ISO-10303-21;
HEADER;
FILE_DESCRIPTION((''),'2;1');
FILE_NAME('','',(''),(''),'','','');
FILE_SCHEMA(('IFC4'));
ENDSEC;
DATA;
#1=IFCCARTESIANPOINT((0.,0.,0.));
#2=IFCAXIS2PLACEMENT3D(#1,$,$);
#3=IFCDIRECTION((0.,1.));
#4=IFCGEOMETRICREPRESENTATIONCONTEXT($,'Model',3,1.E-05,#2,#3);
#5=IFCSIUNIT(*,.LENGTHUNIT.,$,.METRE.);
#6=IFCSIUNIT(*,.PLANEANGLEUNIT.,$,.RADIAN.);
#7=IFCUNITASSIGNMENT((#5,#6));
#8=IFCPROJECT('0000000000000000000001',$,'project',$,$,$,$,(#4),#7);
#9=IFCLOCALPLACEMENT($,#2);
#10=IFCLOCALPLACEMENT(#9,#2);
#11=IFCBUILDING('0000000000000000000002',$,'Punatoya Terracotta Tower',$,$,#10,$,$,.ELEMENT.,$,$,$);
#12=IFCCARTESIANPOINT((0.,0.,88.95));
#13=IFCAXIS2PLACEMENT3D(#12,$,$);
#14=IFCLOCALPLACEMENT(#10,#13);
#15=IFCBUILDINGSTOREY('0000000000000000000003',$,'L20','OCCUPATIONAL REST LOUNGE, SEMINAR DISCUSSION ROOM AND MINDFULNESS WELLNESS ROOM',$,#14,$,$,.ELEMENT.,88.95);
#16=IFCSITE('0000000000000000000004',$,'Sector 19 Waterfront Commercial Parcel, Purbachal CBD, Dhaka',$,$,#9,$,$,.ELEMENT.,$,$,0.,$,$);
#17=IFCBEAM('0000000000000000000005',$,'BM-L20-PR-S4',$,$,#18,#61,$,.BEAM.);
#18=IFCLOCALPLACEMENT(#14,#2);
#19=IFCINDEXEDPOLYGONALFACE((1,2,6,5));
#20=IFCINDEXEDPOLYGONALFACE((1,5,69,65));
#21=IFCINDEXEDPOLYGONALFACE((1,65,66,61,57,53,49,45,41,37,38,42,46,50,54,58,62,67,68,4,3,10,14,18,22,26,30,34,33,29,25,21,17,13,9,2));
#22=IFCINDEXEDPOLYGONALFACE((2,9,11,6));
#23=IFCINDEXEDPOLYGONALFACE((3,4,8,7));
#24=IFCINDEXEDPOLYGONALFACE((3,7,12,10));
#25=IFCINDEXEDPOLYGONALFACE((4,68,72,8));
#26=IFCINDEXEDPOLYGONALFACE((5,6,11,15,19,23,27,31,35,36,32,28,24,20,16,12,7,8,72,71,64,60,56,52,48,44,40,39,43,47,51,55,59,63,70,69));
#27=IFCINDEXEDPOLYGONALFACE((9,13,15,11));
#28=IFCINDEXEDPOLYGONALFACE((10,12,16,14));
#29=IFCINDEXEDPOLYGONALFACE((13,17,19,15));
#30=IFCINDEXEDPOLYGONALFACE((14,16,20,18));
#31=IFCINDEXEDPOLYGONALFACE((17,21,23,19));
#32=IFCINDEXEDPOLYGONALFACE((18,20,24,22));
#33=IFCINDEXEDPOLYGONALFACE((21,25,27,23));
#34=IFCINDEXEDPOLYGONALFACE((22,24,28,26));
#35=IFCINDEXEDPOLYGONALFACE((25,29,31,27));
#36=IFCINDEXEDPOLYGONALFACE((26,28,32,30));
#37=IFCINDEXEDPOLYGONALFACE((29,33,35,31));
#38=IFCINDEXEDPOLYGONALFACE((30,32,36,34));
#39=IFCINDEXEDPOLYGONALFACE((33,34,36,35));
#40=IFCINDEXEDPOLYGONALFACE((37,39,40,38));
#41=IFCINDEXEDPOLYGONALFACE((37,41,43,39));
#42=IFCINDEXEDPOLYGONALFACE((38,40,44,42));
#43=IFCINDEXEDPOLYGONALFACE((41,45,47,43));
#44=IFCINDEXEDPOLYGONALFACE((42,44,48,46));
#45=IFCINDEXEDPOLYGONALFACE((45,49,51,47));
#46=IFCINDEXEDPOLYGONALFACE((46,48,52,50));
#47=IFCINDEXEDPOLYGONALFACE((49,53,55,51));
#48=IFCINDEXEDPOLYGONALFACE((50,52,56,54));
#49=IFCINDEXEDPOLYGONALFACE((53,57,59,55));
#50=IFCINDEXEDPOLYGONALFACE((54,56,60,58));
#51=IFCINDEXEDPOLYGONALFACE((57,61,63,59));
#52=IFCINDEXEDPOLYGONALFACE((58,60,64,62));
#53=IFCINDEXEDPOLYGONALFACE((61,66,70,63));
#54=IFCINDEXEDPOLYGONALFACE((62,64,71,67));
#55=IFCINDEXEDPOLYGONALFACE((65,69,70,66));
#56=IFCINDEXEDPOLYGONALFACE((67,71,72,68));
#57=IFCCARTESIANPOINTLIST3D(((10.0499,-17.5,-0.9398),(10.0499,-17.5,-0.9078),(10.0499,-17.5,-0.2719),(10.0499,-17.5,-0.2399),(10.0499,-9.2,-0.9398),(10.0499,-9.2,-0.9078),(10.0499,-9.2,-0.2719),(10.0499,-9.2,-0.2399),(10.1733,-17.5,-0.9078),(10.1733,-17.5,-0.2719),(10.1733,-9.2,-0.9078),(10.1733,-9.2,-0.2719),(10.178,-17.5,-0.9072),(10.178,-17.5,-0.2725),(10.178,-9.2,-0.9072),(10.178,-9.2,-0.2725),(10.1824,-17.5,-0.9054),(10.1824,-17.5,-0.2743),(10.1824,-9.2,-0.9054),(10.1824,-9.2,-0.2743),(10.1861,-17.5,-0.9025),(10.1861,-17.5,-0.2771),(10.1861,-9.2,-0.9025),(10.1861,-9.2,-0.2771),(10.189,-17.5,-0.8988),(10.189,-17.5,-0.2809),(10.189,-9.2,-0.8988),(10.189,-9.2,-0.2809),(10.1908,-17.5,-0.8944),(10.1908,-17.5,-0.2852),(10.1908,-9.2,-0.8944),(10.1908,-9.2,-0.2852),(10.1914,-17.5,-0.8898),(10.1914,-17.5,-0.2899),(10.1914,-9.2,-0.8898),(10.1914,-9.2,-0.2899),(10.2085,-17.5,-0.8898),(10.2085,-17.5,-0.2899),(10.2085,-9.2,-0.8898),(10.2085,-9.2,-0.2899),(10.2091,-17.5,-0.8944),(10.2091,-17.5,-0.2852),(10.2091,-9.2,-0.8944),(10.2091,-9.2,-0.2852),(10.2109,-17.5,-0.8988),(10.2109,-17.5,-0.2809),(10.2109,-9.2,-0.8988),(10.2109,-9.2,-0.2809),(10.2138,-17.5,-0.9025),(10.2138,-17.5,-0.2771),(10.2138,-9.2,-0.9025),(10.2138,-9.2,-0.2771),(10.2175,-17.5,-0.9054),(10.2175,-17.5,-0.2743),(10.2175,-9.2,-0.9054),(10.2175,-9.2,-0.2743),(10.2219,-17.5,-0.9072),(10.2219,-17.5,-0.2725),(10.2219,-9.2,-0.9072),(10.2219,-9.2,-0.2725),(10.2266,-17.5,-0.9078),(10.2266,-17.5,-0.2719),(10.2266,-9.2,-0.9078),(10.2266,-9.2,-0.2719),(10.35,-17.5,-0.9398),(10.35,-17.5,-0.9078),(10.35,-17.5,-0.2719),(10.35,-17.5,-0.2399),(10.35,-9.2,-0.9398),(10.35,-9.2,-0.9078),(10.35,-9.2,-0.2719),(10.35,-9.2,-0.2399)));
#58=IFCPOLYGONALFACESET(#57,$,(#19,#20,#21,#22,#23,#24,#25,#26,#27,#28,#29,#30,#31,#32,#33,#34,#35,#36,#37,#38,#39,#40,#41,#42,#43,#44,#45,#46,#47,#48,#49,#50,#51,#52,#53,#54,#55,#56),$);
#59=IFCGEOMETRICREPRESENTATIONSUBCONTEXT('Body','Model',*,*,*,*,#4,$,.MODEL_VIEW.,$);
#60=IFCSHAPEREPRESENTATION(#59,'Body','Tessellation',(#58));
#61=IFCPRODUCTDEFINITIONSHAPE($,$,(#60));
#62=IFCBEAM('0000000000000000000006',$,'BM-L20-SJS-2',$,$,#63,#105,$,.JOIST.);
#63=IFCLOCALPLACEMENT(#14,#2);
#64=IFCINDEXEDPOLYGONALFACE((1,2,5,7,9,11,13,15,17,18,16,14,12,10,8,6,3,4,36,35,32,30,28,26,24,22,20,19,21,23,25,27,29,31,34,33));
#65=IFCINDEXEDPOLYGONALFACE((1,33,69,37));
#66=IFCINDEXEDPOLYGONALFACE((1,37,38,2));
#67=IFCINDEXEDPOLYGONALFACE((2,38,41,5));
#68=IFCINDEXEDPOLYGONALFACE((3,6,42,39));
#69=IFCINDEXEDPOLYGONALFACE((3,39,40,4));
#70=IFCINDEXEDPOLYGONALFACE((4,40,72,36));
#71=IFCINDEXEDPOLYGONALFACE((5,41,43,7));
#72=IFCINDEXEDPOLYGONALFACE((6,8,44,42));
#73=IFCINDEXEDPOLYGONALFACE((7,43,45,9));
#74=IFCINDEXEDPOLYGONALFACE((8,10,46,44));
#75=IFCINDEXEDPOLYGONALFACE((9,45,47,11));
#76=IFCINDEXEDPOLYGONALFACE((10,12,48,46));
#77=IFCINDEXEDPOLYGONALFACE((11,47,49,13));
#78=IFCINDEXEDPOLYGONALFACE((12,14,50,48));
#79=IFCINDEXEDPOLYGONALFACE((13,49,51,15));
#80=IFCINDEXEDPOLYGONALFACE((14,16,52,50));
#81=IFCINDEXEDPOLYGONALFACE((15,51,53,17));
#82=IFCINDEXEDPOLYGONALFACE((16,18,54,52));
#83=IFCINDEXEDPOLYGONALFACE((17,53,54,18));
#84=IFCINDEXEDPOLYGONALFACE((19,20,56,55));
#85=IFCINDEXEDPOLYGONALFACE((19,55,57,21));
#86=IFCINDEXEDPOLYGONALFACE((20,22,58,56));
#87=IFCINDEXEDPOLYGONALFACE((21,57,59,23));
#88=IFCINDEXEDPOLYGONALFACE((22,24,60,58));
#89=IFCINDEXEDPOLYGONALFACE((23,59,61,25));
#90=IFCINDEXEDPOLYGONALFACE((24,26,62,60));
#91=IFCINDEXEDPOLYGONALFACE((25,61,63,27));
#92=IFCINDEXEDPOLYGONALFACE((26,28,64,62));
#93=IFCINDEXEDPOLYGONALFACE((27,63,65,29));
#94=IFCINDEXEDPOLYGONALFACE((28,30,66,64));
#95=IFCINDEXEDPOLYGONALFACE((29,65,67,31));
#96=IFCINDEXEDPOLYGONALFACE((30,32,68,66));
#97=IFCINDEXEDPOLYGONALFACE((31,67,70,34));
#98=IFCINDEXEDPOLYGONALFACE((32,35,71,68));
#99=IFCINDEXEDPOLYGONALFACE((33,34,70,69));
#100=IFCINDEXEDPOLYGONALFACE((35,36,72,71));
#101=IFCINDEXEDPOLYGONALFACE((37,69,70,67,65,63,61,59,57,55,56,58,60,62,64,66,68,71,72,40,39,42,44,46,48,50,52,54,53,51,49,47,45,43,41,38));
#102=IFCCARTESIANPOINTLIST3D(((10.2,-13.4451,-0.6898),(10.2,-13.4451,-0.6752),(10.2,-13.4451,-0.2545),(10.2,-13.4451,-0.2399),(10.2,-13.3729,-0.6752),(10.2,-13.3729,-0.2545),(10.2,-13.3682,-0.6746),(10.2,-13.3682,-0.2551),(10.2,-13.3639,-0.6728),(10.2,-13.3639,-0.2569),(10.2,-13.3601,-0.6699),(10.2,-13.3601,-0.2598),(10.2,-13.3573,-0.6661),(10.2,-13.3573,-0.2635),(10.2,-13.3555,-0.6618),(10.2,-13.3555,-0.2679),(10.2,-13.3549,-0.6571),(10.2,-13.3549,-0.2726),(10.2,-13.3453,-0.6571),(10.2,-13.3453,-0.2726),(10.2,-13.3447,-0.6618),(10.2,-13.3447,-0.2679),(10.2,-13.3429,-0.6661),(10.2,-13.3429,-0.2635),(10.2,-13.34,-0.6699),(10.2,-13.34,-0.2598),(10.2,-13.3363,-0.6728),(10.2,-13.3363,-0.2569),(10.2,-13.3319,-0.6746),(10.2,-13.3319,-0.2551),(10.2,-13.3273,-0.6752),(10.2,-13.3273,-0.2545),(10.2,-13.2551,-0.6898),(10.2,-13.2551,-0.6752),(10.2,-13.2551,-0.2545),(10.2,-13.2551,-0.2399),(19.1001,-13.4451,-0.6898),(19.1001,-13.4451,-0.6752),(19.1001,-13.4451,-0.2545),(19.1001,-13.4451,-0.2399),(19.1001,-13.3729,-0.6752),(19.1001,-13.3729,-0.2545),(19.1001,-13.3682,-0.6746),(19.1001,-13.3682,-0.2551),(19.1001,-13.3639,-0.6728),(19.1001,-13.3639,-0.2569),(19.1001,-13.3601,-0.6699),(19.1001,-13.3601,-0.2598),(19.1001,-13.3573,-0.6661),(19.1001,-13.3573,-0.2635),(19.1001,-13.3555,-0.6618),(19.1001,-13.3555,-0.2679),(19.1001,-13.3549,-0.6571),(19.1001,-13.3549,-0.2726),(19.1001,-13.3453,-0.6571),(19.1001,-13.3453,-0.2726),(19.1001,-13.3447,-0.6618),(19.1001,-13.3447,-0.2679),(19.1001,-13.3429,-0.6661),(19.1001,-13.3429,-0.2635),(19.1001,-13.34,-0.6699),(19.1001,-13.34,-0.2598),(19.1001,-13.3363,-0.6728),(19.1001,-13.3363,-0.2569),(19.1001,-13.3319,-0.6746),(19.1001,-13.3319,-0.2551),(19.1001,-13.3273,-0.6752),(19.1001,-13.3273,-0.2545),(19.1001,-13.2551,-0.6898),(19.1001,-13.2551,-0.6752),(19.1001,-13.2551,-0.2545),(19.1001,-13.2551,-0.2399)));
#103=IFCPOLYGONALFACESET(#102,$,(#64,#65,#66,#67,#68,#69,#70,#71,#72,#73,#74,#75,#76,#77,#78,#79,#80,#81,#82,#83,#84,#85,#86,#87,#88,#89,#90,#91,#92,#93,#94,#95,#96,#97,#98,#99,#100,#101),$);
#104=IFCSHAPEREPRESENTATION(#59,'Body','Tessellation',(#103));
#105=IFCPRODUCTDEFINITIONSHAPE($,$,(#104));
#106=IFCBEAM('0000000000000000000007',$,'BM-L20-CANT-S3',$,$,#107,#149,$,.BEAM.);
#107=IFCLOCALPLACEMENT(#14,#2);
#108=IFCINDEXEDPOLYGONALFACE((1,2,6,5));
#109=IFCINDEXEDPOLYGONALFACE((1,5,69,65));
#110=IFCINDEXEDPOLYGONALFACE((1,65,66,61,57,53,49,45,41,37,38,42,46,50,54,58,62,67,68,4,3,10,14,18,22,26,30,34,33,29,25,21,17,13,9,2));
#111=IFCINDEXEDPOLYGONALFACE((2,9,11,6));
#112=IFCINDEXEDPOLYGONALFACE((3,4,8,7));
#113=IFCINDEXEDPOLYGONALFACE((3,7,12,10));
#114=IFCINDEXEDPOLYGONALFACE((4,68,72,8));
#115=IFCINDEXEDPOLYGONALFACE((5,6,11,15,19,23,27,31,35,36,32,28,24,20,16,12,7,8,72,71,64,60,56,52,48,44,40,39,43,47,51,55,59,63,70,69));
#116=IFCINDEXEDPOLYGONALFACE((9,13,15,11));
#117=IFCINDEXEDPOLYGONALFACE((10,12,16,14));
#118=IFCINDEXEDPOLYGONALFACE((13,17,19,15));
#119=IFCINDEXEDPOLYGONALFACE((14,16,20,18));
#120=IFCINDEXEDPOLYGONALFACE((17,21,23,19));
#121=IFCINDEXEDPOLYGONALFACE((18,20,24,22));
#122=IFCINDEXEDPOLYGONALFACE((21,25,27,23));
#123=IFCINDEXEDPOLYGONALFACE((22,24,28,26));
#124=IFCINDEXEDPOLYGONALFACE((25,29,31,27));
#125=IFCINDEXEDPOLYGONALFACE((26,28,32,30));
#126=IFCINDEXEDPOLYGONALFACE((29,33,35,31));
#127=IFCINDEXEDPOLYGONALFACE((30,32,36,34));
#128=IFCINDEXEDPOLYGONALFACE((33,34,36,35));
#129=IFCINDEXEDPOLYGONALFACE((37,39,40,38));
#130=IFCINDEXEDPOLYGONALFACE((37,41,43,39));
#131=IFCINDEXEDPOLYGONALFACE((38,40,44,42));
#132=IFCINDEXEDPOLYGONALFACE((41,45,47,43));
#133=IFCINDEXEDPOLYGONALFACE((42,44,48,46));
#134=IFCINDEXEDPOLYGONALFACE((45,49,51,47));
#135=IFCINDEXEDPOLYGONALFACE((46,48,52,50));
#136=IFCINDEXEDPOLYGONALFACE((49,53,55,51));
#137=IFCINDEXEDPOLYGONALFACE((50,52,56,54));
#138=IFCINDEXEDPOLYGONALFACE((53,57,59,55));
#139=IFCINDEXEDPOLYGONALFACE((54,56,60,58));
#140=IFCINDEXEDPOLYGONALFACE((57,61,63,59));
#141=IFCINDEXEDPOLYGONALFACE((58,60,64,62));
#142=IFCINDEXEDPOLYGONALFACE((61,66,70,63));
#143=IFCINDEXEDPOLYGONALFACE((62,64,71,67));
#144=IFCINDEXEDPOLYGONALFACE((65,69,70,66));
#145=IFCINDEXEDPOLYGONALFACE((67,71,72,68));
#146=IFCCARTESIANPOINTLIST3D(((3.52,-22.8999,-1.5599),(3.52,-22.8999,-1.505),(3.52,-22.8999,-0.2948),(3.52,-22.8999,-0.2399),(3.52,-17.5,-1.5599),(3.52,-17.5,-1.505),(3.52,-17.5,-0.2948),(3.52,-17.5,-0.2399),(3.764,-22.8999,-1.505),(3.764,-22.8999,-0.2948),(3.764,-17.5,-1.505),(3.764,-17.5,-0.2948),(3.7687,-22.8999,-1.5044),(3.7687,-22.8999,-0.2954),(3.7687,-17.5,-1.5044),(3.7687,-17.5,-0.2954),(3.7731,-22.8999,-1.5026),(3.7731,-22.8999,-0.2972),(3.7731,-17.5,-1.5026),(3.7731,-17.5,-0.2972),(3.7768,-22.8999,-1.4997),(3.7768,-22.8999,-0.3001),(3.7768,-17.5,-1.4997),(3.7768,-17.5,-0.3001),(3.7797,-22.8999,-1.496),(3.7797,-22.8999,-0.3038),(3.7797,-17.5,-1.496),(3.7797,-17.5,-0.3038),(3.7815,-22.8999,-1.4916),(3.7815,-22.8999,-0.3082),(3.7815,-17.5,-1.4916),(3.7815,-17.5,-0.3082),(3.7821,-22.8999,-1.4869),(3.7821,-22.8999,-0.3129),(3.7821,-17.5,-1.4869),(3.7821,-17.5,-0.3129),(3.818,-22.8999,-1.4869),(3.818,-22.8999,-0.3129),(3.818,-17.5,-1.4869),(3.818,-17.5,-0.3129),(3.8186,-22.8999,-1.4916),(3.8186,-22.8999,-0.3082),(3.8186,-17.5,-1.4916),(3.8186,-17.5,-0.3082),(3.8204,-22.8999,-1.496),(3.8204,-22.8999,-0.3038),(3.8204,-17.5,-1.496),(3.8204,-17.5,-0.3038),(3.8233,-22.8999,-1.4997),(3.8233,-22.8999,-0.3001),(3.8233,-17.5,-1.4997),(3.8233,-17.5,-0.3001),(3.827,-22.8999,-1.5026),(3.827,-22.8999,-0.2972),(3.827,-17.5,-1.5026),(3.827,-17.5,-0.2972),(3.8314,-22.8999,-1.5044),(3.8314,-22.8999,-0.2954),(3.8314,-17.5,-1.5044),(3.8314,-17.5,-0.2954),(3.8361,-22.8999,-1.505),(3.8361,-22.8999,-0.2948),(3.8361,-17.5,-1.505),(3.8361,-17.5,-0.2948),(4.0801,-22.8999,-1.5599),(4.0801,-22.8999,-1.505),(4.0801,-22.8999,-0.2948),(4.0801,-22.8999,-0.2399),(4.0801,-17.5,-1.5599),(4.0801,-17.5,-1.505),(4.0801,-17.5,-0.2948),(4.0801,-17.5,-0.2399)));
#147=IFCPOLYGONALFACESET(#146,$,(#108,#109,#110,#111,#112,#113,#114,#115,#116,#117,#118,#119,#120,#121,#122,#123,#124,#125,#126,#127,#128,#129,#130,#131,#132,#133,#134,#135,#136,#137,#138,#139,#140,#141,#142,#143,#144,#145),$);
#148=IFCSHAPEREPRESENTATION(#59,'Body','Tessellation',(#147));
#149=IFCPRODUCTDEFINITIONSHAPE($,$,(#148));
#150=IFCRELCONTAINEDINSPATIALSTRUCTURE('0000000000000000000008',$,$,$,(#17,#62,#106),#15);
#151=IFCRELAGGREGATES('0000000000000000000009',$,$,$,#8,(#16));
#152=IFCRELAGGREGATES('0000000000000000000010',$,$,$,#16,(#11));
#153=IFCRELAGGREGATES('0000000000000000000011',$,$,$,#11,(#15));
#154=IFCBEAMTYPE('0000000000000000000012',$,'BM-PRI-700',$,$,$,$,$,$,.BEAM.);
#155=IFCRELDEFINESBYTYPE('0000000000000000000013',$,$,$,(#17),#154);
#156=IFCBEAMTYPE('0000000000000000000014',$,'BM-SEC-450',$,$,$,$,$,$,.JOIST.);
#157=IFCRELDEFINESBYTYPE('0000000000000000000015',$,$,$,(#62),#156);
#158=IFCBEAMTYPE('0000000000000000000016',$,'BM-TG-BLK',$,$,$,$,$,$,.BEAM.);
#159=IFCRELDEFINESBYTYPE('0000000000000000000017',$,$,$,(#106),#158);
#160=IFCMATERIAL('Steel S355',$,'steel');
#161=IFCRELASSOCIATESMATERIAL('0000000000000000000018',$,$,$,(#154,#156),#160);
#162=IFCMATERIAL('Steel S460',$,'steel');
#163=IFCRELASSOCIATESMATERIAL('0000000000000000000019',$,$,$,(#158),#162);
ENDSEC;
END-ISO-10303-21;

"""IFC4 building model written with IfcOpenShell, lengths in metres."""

from ifc_helpers import new_model, si_unit, direction, frame, origin, origin_2d, place, context, subcontext, project, spatial, i_section, extrude, material, material_profile, profile_set, type_object, element, save


model = new_model("IFC4")

# Units and contexts
model_context = context("Model", 3, precision=1e-05, world=origin(), true_north=direction((0.0, 1.0)))
body_context = subcontext(model_context, "Body", "Model", "MODEL_VIEW")
ifc_project = project(units=[si_unit("LENGTHUNIT", "METRE"), si_unit("PLANEANGLEUNIT", "RADIAN")], contexts=[model_context])

# Site, building, storey
site_placement = place(None, origin())
site = spatial("IfcSite", under=ifc_project, at=site_placement, Name="Sector 19 Waterfront Commercial Parcel, Purbachal CBD, Dhaka", CompositionType="ELEMENT", RefElevation=0.0)
building_placement = place(site_placement, origin())
building = spatial("IfcBuilding", under=site, at=building_placement, Name="Punatoya Terracotta Tower", CompositionType="ELEMENT")
storey_placement = place(building_placement, frame((0.0, 0.0, 88.95)))
storey = spatial("IfcBuildingStorey", under=building, at=storey_placement, Name="L20", Description="OCCUPATIONAL REST LOUNGE, SEMINAR DISCUSSION ROOM AND MINDFULNESS WELLNESS ROOM", CompositionType="ELEMENT", Elevation=88.95)

# Shared definitions
ifc_material_1 = material(Name="Steel S460", Category="steel")

# Beams
ifc_material_2 = material(Name="Steel S355", Category="steel")
ifc_material_profile_1 = material_profile(ifc_material_2, i_section(OverallWidth=0.3, OverallDepth=0.7, WebThickness=0.0171, FlangeThickness=0.032, FilletRadius=0.0181, at=origin_2d()))
ifc_profile_set_1 = profile_set([ifc_material_profile_1], Name="Steel S355")
beam_type_1 = type_object("IfcBeamType", Name="BM-PRI-700", PredefinedType="BEAM", material=ifc_profile_set_1)
for number, where, z_axis, x_axis, name in (
    (1, (10.2, -17.5, -0.5898), (0.0, 1.0, 0.0), (-1.0, 0.0, 0.0), "BM-L20-PR-S4"),
):
    element("IfcBeam", number, at=place(storey_placement, frame(where, z_axis=z_axis, x_axis=x_axis)), inside=storey, type_object=beam_type_1, Name=name, PredefinedType="BEAM", context=body_context, shape_type="SweptSolid", body=[
        extrude(i_section(OverallWidth=0.3, OverallDepth=0.7, WebThickness=0.0171, FlangeThickness=0.032, FilletRadius=0.0181, at=origin_2d()), origin(), (0.0, 0.0, 1.0), 8.3),
    ])
ifc_material_profile_2 = material_profile(ifc_material_2, i_section(OverallWidth=0.1899, OverallDepth=0.45, WebThickness=0.0095, FlangeThickness=0.0146, FilletRadius=0.0181, at=origin_2d()))
ifc_profile_set_2 = profile_set([ifc_material_profile_2], Name="Steel S355")
beam_type_2 = type_object("IfcBeamType", Name="BM-SEC-450", PredefinedType="JOIST", material=ifc_profile_set_2)
beam_1_placement = place(storey_placement, frame((10.2, -13.3501, -0.4648), z_axis=(1.0, 0.0, 0.0), x_axis=(0.0, 1.0, 0.0)))
element("IfcBeam", 2, at=beam_1_placement, inside=storey, type_object=beam_type_2, Name="BM-L20-SJS-2", PredefinedType="JOIST", context=body_context, shape_type="SweptSolid", body=[
    extrude(i_section(OverallWidth=0.1899, OverallDepth=0.45, WebThickness=0.0095, FlangeThickness=0.0146, FilletRadius=0.0181, at=origin_2d()), origin(), (0.0, 0.0, 1.0), 8.9001),
])
ifc_material_profile_3 = material_profile(ifc_material_1, i_section(OverallWidth=0.5601, OverallDepth=1.3201, WebThickness=0.0359, FlangeThickness=0.0549, FilletRadius=0.0181, at=origin_2d()))
ifc_profile_set_3 = profile_set([ifc_material_profile_3], Name="Steel S460")
beam_type_3 = type_object("IfcBeamType", Name="BM-TG-BLK", PredefinedType="BEAM", material=ifc_profile_set_3)
beam_2_placement = place(storey_placement, frame((3.8, -22.8999, -0.8999), z_axis=(0.0, 1.0, 0.0), x_axis=(-1.0, 0.0, 0.0)))
element("IfcBeam", 3, at=beam_2_placement, inside=storey, type_object=beam_type_3, Name="BM-L20-CANT-S3", PredefinedType="BEAM", context=body_context, shape_type="SweptSolid", body=[
    extrude(i_section(OverallWidth=0.5601, OverallDepth=1.3201, WebThickness=0.0359, FlangeThickness=0.0549, FilletRadius=0.0181, at=origin_2d()), origin(), (0.0, 0.0, 1.0), 5.3999),
])

save(model, "model.ifc")
